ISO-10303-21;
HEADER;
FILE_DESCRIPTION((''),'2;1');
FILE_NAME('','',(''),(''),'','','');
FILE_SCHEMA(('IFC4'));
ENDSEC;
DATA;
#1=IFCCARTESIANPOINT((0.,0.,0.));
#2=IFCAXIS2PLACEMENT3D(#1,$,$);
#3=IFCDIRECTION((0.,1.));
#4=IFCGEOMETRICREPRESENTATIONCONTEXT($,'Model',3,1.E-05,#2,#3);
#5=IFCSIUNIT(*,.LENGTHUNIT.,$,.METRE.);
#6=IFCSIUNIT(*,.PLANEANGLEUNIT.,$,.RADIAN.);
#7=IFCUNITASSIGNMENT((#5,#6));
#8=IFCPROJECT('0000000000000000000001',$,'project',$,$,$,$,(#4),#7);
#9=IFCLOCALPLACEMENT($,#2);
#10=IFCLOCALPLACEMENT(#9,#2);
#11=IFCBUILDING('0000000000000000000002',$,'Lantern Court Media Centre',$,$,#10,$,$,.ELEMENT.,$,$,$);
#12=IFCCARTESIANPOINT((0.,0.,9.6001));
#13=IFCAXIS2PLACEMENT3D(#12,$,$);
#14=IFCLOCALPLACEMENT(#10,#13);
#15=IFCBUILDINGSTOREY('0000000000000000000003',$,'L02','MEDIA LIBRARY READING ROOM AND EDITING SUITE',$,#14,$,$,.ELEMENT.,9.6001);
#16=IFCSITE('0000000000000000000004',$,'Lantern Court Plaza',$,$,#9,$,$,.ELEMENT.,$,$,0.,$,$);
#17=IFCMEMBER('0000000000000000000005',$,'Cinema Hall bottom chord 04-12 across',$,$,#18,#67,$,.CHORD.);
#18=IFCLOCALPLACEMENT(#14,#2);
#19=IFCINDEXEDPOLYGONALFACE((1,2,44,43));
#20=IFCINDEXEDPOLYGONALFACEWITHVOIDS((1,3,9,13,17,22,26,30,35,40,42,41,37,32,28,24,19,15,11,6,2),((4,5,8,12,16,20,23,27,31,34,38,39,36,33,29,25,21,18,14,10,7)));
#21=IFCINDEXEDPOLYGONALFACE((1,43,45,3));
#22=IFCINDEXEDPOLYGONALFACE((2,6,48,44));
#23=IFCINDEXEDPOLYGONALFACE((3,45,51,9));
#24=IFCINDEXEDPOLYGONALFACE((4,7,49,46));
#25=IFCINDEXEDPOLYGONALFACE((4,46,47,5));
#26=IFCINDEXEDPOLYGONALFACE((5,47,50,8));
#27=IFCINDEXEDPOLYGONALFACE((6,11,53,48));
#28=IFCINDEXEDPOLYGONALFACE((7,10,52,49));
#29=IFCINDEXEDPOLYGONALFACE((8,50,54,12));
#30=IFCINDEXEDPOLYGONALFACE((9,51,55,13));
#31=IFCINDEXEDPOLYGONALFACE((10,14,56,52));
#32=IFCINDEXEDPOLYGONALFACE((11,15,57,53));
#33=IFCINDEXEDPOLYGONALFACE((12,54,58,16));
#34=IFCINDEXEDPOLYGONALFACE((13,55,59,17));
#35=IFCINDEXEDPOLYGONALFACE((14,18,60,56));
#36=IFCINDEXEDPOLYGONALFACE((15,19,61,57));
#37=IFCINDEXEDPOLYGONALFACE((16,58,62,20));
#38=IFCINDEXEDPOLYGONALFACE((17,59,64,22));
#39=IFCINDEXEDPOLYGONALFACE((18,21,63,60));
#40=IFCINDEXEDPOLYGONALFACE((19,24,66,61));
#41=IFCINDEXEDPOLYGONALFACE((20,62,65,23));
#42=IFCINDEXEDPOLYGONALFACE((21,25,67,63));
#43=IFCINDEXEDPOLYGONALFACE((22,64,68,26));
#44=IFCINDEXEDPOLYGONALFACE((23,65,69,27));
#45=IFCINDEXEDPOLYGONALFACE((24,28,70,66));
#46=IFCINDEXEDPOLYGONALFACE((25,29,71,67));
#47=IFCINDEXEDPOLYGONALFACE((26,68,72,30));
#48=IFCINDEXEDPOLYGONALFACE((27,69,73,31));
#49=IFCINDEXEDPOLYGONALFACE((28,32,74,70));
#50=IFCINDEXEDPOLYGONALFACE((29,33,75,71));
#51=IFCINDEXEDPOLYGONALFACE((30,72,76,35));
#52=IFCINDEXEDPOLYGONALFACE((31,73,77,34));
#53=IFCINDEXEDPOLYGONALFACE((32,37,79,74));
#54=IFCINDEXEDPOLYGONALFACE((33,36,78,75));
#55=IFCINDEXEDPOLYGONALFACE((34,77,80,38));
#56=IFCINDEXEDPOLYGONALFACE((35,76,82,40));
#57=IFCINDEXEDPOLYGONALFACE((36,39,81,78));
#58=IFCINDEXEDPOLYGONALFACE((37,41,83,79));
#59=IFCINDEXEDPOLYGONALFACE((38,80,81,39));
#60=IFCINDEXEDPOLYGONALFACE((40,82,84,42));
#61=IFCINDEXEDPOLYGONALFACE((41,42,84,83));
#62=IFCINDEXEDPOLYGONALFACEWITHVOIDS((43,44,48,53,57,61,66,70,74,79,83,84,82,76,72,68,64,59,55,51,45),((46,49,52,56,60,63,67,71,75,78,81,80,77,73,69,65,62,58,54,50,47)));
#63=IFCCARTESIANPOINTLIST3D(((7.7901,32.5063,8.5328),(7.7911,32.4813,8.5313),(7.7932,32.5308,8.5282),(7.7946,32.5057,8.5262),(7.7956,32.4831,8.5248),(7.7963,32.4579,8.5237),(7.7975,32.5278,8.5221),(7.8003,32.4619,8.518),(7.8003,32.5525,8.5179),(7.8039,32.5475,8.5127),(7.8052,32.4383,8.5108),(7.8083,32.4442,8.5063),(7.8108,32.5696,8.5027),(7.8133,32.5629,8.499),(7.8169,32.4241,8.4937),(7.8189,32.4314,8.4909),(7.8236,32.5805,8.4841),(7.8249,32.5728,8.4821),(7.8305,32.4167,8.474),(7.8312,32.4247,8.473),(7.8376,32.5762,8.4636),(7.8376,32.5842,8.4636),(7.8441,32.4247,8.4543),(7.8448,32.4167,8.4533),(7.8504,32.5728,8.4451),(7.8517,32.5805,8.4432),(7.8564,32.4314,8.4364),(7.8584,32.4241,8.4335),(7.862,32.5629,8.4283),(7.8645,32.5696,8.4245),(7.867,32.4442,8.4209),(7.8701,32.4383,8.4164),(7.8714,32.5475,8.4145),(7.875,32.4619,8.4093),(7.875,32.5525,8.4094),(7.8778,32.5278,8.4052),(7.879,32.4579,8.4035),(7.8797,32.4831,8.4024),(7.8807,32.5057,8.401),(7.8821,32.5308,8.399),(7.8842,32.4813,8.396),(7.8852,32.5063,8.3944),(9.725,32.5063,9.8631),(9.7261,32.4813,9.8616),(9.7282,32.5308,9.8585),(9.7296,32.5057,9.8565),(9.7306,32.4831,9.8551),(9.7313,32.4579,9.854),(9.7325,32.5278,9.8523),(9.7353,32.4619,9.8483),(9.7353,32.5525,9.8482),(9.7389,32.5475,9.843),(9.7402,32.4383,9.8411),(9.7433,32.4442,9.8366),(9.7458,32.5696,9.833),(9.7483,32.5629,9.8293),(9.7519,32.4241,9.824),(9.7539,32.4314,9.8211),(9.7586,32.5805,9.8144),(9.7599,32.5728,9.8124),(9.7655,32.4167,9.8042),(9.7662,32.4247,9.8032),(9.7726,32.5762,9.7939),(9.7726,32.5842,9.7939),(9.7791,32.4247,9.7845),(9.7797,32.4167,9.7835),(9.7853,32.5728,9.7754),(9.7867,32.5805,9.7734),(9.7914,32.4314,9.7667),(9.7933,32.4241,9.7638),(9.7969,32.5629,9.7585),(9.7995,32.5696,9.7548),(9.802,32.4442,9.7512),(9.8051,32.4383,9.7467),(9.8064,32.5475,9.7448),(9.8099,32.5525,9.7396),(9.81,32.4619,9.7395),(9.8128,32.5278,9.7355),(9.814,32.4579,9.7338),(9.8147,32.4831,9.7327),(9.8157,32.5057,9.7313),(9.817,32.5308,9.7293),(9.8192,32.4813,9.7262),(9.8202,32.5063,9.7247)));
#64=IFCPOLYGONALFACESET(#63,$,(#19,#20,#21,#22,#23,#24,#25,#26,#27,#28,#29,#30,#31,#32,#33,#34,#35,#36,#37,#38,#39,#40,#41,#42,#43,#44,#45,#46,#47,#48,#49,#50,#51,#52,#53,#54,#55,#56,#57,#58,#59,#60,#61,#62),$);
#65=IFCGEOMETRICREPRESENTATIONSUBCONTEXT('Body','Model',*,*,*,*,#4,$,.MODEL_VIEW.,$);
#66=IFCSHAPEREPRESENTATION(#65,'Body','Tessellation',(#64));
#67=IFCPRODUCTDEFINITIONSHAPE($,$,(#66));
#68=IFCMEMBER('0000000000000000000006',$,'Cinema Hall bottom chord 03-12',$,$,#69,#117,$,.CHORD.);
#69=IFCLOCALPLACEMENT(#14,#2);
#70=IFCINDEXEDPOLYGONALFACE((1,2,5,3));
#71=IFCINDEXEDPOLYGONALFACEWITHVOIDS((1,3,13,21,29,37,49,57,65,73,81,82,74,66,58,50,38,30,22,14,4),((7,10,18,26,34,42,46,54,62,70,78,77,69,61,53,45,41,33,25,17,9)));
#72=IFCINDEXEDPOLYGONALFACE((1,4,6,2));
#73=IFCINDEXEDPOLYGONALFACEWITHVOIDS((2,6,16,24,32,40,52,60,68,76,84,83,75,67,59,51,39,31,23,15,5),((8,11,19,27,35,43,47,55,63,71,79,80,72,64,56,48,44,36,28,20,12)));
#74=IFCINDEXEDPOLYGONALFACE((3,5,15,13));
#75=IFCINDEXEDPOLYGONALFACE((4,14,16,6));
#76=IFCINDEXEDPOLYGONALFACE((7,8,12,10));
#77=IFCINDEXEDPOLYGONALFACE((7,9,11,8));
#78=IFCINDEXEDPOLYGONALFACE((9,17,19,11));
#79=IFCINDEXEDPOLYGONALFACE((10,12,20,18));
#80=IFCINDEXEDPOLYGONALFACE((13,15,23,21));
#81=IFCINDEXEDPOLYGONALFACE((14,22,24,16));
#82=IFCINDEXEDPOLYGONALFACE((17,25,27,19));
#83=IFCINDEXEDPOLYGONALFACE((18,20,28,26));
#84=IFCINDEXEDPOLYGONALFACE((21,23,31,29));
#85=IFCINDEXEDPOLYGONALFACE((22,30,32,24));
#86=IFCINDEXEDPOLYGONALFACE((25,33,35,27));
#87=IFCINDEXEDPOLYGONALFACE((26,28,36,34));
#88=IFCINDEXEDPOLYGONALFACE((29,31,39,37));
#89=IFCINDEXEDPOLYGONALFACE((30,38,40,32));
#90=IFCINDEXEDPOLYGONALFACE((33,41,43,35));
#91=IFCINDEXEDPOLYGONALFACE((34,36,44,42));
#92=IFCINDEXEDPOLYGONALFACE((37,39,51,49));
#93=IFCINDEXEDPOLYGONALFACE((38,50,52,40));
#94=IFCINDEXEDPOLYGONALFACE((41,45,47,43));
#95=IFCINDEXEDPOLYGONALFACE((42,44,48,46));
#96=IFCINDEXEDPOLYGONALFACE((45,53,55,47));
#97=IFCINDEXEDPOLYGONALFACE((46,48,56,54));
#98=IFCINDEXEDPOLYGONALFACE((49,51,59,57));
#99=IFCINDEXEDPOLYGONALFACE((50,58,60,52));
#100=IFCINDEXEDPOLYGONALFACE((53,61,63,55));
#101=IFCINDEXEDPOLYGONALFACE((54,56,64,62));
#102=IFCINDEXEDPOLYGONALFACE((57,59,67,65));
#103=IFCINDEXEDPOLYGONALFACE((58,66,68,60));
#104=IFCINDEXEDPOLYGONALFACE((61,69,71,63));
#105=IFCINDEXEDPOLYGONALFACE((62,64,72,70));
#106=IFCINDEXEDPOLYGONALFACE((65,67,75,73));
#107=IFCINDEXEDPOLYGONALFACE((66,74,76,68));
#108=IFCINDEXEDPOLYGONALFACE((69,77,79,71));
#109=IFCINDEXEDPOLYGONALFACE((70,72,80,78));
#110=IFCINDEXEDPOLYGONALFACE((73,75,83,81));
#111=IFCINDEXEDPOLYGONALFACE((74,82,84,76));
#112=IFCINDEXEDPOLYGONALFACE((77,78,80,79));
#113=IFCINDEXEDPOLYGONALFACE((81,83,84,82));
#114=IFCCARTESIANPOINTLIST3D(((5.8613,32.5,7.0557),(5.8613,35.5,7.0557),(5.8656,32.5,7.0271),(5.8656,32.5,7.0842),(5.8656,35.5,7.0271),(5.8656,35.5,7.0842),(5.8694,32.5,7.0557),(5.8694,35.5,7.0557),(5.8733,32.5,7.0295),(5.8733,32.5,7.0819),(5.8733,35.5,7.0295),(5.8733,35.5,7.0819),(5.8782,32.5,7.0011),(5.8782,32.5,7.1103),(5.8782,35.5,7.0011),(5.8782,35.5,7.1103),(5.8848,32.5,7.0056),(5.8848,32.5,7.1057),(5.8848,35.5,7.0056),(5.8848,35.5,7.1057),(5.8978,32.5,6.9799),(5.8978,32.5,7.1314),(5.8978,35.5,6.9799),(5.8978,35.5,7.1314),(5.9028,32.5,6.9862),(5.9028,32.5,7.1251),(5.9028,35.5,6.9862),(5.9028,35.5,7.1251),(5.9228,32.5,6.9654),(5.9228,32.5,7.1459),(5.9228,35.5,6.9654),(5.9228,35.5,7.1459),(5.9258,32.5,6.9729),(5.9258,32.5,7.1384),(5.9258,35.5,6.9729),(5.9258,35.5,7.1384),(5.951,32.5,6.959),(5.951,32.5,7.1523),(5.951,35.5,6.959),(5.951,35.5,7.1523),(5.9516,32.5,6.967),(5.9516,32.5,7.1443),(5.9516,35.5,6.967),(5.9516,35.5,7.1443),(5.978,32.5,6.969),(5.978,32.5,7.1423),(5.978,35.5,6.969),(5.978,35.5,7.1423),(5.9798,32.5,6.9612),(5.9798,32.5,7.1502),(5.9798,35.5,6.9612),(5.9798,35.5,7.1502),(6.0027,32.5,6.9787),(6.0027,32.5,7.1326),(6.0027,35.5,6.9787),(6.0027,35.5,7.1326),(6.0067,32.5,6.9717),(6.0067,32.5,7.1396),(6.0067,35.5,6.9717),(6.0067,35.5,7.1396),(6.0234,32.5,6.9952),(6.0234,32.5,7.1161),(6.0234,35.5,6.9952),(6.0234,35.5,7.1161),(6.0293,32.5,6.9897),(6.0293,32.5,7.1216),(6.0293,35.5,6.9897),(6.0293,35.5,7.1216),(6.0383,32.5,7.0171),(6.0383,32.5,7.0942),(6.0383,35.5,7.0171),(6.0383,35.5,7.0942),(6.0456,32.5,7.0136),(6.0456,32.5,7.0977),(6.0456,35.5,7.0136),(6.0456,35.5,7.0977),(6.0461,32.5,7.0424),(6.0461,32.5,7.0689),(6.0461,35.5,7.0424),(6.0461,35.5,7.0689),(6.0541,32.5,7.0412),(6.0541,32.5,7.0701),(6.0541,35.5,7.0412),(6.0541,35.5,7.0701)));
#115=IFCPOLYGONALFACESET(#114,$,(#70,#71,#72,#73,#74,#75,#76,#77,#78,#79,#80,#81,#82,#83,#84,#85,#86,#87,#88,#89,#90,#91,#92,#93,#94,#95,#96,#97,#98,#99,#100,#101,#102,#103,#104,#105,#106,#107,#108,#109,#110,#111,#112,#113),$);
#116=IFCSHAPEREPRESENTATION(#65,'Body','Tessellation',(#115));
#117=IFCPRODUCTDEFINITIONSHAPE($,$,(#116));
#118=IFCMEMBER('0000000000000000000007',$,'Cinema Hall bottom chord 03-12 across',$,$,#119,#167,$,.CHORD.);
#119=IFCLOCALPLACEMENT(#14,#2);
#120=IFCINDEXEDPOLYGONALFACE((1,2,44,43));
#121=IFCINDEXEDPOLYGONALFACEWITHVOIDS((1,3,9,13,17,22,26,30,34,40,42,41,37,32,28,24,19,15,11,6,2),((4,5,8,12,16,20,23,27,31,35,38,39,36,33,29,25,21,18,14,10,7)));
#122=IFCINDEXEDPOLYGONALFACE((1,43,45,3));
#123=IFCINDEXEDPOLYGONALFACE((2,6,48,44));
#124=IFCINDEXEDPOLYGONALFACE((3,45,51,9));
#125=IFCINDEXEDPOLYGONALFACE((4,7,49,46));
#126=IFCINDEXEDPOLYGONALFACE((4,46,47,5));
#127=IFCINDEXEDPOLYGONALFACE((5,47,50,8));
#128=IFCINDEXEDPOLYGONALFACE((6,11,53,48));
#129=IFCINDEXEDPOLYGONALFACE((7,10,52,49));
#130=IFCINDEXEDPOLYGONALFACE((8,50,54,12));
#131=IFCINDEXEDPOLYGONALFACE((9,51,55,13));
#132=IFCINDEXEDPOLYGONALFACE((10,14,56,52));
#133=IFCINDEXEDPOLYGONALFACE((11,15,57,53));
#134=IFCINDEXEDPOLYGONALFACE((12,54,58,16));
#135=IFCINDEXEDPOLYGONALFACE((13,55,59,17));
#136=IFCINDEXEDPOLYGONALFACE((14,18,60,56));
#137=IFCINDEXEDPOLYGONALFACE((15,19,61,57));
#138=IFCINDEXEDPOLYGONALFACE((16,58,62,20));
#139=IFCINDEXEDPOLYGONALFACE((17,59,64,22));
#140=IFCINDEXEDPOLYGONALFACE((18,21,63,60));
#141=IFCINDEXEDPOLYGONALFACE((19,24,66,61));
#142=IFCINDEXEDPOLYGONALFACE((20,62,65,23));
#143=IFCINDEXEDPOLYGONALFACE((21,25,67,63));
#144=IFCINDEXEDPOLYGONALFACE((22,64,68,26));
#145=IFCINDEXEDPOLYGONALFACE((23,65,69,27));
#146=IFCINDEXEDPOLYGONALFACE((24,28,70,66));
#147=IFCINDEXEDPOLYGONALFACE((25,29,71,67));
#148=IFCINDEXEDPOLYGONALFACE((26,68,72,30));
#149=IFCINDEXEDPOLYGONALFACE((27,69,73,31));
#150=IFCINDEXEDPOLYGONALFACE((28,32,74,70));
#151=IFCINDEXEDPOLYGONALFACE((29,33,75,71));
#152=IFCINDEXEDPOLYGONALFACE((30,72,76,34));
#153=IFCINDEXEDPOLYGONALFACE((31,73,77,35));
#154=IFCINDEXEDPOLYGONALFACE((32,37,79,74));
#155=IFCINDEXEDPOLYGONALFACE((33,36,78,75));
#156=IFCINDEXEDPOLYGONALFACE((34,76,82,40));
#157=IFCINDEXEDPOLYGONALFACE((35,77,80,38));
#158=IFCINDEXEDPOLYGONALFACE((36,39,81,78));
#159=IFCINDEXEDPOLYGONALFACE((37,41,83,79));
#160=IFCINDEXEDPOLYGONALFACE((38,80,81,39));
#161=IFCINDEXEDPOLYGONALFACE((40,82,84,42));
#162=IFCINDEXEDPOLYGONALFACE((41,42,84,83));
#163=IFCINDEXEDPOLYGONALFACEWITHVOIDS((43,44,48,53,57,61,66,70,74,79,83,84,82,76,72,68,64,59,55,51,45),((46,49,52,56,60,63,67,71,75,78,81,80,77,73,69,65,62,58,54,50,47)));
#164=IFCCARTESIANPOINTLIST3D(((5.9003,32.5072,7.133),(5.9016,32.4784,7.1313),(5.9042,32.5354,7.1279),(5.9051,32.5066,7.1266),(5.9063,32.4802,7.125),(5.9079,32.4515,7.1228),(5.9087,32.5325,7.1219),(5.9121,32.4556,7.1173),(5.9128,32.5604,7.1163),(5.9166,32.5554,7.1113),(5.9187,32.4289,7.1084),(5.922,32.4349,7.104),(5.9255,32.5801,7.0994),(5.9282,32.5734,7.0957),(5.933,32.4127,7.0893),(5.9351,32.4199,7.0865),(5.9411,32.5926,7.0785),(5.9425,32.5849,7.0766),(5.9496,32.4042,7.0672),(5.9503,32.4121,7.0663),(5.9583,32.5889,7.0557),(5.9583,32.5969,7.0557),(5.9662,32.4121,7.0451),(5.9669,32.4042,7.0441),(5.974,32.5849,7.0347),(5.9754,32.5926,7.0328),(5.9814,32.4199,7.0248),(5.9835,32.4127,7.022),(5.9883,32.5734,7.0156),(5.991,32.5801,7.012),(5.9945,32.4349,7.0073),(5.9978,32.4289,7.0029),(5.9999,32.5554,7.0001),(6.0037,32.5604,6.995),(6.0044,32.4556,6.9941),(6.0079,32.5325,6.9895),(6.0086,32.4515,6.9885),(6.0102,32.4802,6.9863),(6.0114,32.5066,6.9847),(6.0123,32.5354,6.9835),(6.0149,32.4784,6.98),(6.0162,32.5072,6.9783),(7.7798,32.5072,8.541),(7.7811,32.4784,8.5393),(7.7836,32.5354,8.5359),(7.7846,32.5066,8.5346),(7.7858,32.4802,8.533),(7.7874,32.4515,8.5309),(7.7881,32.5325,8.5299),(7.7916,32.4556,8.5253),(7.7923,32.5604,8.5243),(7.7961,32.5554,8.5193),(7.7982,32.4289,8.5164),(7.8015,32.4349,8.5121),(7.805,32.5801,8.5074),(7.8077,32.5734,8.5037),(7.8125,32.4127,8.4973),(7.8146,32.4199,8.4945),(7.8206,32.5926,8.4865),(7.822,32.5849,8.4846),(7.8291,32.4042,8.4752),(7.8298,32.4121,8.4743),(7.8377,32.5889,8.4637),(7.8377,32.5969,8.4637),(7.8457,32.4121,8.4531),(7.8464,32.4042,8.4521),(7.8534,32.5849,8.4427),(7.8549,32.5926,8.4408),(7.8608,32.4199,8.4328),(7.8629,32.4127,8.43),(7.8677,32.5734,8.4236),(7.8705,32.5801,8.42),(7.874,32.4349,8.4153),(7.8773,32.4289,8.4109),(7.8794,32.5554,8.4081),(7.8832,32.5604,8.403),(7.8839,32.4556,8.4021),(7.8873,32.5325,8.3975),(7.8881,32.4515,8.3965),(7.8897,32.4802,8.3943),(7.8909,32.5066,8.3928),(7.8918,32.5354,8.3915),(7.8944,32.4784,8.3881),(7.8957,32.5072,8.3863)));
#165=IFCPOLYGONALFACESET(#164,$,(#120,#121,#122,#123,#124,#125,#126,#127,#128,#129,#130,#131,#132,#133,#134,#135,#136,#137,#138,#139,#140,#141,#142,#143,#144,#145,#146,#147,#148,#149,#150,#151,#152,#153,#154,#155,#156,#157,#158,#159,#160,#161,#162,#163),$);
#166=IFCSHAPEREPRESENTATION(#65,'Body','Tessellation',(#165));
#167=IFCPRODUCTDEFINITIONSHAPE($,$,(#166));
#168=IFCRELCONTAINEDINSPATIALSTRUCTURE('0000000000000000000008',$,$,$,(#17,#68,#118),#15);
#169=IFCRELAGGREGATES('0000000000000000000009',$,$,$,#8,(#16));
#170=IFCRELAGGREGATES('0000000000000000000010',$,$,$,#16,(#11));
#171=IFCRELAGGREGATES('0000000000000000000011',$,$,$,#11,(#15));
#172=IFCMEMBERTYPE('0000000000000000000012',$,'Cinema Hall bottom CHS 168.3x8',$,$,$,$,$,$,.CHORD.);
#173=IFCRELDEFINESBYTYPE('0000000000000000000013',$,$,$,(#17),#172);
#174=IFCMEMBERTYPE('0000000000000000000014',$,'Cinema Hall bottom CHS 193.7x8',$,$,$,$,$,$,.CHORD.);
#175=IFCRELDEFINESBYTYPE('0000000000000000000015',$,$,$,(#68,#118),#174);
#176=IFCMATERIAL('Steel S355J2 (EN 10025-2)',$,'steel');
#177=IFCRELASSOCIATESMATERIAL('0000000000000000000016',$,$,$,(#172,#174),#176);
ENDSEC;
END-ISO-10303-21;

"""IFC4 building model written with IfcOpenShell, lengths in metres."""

from ifc_helpers import new_model, si_unit, direction, frame, origin, origin_2d, place, context, subcontext, project, spatial, hollow_circle, extrude, material, material_profile, profile_set, type_object, element, save


model = new_model("IFC4")

# Units and contexts
model_context = context("Model", 3, precision=1e-05, world=origin(), true_north=direction((0.0, 1.0)))
body_context = subcontext(model_context, "Body", "Model", "MODEL_VIEW")
ifc_project = project(units=[si_unit("LENGTHUNIT", "METRE"), si_unit("PLANEANGLEUNIT", "RADIAN")], contexts=[model_context])

# Site, building, storey
site_placement = place(None, origin())
site = spatial("IfcSite", under=ifc_project, at=site_placement, Name="Lantern Court Plaza", CompositionType="ELEMENT", RefElevation=0.0)
building_placement = place(site_placement, origin())
building = spatial("IfcBuilding", under=site, at=building_placement, Name="Lantern Court Media Centre", CompositionType="ELEMENT")
storey_placement = place(building_placement, frame((0.0, 0.0, 9.6001)))
storey = spatial("IfcBuildingStorey", under=building, at=storey_placement, Name="L02", Description="MEDIA LIBRARY READING ROOM AND EDITING SUITE", CompositionType="ELEMENT", Elevation=9.6001)

# Members
ifc_material = material(Name="Steel S355J2 (EN 10025-2)", Category="steel")
ifc_material_profile_1 = material_profile(ifc_material, hollow_circle(Radius=0.0842, WallThickness=0.0081, at=origin_2d()), Name="Cinema Hall bottom CHS 168.3x8")
ifc_profile_set_1 = profile_set([ifc_material_profile_1], Name="Steel S355J2 (EN 10025-2)")
member_type_1 = type_object("IfcMemberType", Name="Cinema Hall bottom CHS 168.3x8", PredefinedType="CHORD", material=ifc_profile_set_1)
for number, where, z_axis, x_axis, name in (
    (1, (7.8376, 32.5, 8.4636), (0.824048, 0.0, 0.56652), (0.0, 1.0, 0.0), "Cinema Hall bottom chord 04-12 across"),
):
    element("IfcMember", number, at=place(storey_placement, frame(where, z_axis=z_axis, x_axis=x_axis)), inside=storey, type_object=member_type_1, Name=name, PredefinedType="CHORD", context=body_context, shape_type="SweptSolid", body=[
        extrude(hollow_circle(Radius=0.0842, WallThickness=0.0081, at=origin_2d()), origin(), (0.0, 0.0, 1.0), 2.3481),
    ])
ifc_material_profile_2 = material_profile(ifc_material, hollow_circle(Radius=0.0969, WallThickness=0.0081, at=origin_2d()), Name="Cinema Hall bottom CHS 193.7x8")
ifc_profile_set_2 = profile_set([ifc_material_profile_2], Name="Steel S355J2 (EN 10025-2)")
member_type_2 = type_object("IfcMemberType", Name="Cinema Hall bottom CHS 193.7x8", PredefinedType="CHORD", material=ifc_profile_set_2)
member_1_placement = place(storey_placement, frame((5.9583, 32.5, 7.0557), z_axis=(0.0, 1.0, 0.0), x_axis=(-1.0, 0.0, 0.0)))
element("IfcMember", 2, at=member_1_placement, inside=storey, type_object=member_type_2, Name="Cinema Hall bottom chord 03-12", PredefinedType="CHORD", context=body_context, shape_type="SweptSolid", body=[
    extrude(hollow_circle(Radius=0.0969, WallThickness=0.0081, at=origin_2d()), origin(), (0.0, 0.0, 1.0), 3.0),
])
member_2_placement = place(storey_placement, frame((5.9583, 32.5, 7.0557), z_axis=(0.800324, 0.0, 0.599567), x_axis=(0.0, 1.0, 0.0)))
element("IfcMember", 3, at=member_2_placement, inside=storey, type_object=member_type_2, Name="Cinema Hall bottom chord 03-12 across", PredefinedType="CHORD", context=body_context, shape_type="SweptSolid", body=[
    extrude(hollow_circle(Radius=0.0969, WallThickness=0.0081, at=origin_2d()), origin(), (0.0, 0.0, 1.0), 2.3484),
])

save(model, "model.ifc")
